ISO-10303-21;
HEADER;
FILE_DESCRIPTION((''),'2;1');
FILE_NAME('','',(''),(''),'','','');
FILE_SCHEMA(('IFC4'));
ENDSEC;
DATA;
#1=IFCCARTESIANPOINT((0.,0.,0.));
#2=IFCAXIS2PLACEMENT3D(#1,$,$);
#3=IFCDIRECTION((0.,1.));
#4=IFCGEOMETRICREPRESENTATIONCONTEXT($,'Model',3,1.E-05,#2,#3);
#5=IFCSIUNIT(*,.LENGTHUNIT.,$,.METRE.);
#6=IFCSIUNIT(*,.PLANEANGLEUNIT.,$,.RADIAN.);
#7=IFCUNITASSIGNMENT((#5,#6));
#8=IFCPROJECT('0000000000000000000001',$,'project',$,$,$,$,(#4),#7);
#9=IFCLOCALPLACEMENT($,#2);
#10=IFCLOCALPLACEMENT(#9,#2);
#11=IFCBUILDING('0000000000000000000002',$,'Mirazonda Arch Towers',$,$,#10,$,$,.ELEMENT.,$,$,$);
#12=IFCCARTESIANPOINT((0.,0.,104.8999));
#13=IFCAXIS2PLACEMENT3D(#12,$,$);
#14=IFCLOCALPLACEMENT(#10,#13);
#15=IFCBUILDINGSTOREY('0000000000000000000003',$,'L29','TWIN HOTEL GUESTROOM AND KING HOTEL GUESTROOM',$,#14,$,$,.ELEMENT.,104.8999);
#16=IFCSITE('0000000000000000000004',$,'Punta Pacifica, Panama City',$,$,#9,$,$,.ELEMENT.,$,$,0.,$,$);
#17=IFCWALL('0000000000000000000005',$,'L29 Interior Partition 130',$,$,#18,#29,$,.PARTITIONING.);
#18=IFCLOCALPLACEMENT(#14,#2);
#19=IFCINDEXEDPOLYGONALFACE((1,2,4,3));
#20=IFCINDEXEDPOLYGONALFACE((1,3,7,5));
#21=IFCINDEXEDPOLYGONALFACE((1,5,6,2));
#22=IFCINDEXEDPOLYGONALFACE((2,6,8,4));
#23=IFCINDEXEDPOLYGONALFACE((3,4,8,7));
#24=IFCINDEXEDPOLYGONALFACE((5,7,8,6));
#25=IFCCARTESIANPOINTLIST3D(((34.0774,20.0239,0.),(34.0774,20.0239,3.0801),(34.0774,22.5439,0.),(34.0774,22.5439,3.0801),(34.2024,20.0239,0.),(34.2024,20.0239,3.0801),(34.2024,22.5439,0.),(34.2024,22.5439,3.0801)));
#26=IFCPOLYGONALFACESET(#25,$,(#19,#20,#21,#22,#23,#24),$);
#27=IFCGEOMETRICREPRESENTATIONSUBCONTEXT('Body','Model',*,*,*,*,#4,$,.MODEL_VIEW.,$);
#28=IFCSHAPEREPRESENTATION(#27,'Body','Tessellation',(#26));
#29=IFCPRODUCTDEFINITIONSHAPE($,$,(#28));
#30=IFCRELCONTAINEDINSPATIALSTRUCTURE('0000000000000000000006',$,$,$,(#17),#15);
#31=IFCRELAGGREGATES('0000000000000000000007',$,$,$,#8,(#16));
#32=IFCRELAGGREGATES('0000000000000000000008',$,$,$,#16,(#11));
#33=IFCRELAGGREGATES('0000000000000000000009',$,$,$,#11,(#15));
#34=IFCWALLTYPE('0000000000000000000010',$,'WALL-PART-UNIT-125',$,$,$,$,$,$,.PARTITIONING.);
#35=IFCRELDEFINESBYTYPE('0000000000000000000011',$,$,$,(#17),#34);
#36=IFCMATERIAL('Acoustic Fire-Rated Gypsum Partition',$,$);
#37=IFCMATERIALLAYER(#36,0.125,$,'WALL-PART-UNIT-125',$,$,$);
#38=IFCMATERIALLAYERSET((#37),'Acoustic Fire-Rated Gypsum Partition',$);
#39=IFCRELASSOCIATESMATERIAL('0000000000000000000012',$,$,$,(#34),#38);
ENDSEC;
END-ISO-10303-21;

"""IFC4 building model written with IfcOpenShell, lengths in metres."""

from ifc_helpers import new_model, si_unit, direction, frame, frame_2d, origin, place, context, subcontext, project, spatial, rectangle, extrude, material, layer, layer_set, type_object, element, save


model = new_model("IFC4")

# Units and contexts
model_context = context("Model", 3, precision=1e-05, world=origin(), true_north=direction((0.0, 1.0)))
body_context = subcontext(model_context, "Body", "Model", "MODEL_VIEW")
ifc_project = project(units=[si_unit("LENGTHUNIT", "METRE"), si_unit("PLANEANGLEUNIT", "RADIAN")], contexts=[model_context])

# Site, building, storey
site_placement = place(None, origin())
site = spatial("IfcSite", under=ifc_project, at=site_placement, Name="Punta Pacifica, Panama City", CompositionType="ELEMENT", RefElevation=0.0)
building_placement = place(site_placement, origin())
building = spatial("IfcBuilding", under=site, at=building_placement, Name="Mirazonda Arch Towers", CompositionType="ELEMENT")
storey_placement = place(building_placement, frame((0.0, 0.0, 104.8999)))
storey = spatial("IfcBuildingStorey", under=building, at=storey_placement, Name="L29", Description="TWIN HOTEL GUESTROOM AND KING HOTEL GUESTROOM", CompositionType="ELEMENT", Elevation=104.8999)

# Wall
ifc_material_1 = material(Name="Acoustic Fire-Rated Gypsum Partition")
ifc_layer_1 = layer(ifc_material_1, 0.125, Name="WALL-PART-UNIT-125")
ifc_layer_set_1 = layer_set([ifc_layer_1], Name="Acoustic Fire-Rated Gypsum Partition")
wall_type_1 = type_object("IfcWallType", Name="WALL-PART-UNIT-125", PredefinedType="PARTITIONING", material=ifc_layer_set_1)
wall_1_placement = place(storey_placement, frame((34.1399, 20.0239, 0.0), z_axis=(0.0, 0.0, 1.0), x_axis=(0.0, 1.0, 0.0)))
element("IfcWall", 1, at=wall_1_placement, inside=storey, type_object=wall_type_1, Name="L29 Interior Partition 130", PredefinedType="PARTITIONING", context=body_context, shape_type="SweptSolid", body=[
    extrude(rectangle(XDim=2.52, YDim=0.125, at=frame_2d((1.26, 0.0))), origin(), (0.0, 0.0, 1.0), 3.0801),
])

save(model, "model.ifc")
